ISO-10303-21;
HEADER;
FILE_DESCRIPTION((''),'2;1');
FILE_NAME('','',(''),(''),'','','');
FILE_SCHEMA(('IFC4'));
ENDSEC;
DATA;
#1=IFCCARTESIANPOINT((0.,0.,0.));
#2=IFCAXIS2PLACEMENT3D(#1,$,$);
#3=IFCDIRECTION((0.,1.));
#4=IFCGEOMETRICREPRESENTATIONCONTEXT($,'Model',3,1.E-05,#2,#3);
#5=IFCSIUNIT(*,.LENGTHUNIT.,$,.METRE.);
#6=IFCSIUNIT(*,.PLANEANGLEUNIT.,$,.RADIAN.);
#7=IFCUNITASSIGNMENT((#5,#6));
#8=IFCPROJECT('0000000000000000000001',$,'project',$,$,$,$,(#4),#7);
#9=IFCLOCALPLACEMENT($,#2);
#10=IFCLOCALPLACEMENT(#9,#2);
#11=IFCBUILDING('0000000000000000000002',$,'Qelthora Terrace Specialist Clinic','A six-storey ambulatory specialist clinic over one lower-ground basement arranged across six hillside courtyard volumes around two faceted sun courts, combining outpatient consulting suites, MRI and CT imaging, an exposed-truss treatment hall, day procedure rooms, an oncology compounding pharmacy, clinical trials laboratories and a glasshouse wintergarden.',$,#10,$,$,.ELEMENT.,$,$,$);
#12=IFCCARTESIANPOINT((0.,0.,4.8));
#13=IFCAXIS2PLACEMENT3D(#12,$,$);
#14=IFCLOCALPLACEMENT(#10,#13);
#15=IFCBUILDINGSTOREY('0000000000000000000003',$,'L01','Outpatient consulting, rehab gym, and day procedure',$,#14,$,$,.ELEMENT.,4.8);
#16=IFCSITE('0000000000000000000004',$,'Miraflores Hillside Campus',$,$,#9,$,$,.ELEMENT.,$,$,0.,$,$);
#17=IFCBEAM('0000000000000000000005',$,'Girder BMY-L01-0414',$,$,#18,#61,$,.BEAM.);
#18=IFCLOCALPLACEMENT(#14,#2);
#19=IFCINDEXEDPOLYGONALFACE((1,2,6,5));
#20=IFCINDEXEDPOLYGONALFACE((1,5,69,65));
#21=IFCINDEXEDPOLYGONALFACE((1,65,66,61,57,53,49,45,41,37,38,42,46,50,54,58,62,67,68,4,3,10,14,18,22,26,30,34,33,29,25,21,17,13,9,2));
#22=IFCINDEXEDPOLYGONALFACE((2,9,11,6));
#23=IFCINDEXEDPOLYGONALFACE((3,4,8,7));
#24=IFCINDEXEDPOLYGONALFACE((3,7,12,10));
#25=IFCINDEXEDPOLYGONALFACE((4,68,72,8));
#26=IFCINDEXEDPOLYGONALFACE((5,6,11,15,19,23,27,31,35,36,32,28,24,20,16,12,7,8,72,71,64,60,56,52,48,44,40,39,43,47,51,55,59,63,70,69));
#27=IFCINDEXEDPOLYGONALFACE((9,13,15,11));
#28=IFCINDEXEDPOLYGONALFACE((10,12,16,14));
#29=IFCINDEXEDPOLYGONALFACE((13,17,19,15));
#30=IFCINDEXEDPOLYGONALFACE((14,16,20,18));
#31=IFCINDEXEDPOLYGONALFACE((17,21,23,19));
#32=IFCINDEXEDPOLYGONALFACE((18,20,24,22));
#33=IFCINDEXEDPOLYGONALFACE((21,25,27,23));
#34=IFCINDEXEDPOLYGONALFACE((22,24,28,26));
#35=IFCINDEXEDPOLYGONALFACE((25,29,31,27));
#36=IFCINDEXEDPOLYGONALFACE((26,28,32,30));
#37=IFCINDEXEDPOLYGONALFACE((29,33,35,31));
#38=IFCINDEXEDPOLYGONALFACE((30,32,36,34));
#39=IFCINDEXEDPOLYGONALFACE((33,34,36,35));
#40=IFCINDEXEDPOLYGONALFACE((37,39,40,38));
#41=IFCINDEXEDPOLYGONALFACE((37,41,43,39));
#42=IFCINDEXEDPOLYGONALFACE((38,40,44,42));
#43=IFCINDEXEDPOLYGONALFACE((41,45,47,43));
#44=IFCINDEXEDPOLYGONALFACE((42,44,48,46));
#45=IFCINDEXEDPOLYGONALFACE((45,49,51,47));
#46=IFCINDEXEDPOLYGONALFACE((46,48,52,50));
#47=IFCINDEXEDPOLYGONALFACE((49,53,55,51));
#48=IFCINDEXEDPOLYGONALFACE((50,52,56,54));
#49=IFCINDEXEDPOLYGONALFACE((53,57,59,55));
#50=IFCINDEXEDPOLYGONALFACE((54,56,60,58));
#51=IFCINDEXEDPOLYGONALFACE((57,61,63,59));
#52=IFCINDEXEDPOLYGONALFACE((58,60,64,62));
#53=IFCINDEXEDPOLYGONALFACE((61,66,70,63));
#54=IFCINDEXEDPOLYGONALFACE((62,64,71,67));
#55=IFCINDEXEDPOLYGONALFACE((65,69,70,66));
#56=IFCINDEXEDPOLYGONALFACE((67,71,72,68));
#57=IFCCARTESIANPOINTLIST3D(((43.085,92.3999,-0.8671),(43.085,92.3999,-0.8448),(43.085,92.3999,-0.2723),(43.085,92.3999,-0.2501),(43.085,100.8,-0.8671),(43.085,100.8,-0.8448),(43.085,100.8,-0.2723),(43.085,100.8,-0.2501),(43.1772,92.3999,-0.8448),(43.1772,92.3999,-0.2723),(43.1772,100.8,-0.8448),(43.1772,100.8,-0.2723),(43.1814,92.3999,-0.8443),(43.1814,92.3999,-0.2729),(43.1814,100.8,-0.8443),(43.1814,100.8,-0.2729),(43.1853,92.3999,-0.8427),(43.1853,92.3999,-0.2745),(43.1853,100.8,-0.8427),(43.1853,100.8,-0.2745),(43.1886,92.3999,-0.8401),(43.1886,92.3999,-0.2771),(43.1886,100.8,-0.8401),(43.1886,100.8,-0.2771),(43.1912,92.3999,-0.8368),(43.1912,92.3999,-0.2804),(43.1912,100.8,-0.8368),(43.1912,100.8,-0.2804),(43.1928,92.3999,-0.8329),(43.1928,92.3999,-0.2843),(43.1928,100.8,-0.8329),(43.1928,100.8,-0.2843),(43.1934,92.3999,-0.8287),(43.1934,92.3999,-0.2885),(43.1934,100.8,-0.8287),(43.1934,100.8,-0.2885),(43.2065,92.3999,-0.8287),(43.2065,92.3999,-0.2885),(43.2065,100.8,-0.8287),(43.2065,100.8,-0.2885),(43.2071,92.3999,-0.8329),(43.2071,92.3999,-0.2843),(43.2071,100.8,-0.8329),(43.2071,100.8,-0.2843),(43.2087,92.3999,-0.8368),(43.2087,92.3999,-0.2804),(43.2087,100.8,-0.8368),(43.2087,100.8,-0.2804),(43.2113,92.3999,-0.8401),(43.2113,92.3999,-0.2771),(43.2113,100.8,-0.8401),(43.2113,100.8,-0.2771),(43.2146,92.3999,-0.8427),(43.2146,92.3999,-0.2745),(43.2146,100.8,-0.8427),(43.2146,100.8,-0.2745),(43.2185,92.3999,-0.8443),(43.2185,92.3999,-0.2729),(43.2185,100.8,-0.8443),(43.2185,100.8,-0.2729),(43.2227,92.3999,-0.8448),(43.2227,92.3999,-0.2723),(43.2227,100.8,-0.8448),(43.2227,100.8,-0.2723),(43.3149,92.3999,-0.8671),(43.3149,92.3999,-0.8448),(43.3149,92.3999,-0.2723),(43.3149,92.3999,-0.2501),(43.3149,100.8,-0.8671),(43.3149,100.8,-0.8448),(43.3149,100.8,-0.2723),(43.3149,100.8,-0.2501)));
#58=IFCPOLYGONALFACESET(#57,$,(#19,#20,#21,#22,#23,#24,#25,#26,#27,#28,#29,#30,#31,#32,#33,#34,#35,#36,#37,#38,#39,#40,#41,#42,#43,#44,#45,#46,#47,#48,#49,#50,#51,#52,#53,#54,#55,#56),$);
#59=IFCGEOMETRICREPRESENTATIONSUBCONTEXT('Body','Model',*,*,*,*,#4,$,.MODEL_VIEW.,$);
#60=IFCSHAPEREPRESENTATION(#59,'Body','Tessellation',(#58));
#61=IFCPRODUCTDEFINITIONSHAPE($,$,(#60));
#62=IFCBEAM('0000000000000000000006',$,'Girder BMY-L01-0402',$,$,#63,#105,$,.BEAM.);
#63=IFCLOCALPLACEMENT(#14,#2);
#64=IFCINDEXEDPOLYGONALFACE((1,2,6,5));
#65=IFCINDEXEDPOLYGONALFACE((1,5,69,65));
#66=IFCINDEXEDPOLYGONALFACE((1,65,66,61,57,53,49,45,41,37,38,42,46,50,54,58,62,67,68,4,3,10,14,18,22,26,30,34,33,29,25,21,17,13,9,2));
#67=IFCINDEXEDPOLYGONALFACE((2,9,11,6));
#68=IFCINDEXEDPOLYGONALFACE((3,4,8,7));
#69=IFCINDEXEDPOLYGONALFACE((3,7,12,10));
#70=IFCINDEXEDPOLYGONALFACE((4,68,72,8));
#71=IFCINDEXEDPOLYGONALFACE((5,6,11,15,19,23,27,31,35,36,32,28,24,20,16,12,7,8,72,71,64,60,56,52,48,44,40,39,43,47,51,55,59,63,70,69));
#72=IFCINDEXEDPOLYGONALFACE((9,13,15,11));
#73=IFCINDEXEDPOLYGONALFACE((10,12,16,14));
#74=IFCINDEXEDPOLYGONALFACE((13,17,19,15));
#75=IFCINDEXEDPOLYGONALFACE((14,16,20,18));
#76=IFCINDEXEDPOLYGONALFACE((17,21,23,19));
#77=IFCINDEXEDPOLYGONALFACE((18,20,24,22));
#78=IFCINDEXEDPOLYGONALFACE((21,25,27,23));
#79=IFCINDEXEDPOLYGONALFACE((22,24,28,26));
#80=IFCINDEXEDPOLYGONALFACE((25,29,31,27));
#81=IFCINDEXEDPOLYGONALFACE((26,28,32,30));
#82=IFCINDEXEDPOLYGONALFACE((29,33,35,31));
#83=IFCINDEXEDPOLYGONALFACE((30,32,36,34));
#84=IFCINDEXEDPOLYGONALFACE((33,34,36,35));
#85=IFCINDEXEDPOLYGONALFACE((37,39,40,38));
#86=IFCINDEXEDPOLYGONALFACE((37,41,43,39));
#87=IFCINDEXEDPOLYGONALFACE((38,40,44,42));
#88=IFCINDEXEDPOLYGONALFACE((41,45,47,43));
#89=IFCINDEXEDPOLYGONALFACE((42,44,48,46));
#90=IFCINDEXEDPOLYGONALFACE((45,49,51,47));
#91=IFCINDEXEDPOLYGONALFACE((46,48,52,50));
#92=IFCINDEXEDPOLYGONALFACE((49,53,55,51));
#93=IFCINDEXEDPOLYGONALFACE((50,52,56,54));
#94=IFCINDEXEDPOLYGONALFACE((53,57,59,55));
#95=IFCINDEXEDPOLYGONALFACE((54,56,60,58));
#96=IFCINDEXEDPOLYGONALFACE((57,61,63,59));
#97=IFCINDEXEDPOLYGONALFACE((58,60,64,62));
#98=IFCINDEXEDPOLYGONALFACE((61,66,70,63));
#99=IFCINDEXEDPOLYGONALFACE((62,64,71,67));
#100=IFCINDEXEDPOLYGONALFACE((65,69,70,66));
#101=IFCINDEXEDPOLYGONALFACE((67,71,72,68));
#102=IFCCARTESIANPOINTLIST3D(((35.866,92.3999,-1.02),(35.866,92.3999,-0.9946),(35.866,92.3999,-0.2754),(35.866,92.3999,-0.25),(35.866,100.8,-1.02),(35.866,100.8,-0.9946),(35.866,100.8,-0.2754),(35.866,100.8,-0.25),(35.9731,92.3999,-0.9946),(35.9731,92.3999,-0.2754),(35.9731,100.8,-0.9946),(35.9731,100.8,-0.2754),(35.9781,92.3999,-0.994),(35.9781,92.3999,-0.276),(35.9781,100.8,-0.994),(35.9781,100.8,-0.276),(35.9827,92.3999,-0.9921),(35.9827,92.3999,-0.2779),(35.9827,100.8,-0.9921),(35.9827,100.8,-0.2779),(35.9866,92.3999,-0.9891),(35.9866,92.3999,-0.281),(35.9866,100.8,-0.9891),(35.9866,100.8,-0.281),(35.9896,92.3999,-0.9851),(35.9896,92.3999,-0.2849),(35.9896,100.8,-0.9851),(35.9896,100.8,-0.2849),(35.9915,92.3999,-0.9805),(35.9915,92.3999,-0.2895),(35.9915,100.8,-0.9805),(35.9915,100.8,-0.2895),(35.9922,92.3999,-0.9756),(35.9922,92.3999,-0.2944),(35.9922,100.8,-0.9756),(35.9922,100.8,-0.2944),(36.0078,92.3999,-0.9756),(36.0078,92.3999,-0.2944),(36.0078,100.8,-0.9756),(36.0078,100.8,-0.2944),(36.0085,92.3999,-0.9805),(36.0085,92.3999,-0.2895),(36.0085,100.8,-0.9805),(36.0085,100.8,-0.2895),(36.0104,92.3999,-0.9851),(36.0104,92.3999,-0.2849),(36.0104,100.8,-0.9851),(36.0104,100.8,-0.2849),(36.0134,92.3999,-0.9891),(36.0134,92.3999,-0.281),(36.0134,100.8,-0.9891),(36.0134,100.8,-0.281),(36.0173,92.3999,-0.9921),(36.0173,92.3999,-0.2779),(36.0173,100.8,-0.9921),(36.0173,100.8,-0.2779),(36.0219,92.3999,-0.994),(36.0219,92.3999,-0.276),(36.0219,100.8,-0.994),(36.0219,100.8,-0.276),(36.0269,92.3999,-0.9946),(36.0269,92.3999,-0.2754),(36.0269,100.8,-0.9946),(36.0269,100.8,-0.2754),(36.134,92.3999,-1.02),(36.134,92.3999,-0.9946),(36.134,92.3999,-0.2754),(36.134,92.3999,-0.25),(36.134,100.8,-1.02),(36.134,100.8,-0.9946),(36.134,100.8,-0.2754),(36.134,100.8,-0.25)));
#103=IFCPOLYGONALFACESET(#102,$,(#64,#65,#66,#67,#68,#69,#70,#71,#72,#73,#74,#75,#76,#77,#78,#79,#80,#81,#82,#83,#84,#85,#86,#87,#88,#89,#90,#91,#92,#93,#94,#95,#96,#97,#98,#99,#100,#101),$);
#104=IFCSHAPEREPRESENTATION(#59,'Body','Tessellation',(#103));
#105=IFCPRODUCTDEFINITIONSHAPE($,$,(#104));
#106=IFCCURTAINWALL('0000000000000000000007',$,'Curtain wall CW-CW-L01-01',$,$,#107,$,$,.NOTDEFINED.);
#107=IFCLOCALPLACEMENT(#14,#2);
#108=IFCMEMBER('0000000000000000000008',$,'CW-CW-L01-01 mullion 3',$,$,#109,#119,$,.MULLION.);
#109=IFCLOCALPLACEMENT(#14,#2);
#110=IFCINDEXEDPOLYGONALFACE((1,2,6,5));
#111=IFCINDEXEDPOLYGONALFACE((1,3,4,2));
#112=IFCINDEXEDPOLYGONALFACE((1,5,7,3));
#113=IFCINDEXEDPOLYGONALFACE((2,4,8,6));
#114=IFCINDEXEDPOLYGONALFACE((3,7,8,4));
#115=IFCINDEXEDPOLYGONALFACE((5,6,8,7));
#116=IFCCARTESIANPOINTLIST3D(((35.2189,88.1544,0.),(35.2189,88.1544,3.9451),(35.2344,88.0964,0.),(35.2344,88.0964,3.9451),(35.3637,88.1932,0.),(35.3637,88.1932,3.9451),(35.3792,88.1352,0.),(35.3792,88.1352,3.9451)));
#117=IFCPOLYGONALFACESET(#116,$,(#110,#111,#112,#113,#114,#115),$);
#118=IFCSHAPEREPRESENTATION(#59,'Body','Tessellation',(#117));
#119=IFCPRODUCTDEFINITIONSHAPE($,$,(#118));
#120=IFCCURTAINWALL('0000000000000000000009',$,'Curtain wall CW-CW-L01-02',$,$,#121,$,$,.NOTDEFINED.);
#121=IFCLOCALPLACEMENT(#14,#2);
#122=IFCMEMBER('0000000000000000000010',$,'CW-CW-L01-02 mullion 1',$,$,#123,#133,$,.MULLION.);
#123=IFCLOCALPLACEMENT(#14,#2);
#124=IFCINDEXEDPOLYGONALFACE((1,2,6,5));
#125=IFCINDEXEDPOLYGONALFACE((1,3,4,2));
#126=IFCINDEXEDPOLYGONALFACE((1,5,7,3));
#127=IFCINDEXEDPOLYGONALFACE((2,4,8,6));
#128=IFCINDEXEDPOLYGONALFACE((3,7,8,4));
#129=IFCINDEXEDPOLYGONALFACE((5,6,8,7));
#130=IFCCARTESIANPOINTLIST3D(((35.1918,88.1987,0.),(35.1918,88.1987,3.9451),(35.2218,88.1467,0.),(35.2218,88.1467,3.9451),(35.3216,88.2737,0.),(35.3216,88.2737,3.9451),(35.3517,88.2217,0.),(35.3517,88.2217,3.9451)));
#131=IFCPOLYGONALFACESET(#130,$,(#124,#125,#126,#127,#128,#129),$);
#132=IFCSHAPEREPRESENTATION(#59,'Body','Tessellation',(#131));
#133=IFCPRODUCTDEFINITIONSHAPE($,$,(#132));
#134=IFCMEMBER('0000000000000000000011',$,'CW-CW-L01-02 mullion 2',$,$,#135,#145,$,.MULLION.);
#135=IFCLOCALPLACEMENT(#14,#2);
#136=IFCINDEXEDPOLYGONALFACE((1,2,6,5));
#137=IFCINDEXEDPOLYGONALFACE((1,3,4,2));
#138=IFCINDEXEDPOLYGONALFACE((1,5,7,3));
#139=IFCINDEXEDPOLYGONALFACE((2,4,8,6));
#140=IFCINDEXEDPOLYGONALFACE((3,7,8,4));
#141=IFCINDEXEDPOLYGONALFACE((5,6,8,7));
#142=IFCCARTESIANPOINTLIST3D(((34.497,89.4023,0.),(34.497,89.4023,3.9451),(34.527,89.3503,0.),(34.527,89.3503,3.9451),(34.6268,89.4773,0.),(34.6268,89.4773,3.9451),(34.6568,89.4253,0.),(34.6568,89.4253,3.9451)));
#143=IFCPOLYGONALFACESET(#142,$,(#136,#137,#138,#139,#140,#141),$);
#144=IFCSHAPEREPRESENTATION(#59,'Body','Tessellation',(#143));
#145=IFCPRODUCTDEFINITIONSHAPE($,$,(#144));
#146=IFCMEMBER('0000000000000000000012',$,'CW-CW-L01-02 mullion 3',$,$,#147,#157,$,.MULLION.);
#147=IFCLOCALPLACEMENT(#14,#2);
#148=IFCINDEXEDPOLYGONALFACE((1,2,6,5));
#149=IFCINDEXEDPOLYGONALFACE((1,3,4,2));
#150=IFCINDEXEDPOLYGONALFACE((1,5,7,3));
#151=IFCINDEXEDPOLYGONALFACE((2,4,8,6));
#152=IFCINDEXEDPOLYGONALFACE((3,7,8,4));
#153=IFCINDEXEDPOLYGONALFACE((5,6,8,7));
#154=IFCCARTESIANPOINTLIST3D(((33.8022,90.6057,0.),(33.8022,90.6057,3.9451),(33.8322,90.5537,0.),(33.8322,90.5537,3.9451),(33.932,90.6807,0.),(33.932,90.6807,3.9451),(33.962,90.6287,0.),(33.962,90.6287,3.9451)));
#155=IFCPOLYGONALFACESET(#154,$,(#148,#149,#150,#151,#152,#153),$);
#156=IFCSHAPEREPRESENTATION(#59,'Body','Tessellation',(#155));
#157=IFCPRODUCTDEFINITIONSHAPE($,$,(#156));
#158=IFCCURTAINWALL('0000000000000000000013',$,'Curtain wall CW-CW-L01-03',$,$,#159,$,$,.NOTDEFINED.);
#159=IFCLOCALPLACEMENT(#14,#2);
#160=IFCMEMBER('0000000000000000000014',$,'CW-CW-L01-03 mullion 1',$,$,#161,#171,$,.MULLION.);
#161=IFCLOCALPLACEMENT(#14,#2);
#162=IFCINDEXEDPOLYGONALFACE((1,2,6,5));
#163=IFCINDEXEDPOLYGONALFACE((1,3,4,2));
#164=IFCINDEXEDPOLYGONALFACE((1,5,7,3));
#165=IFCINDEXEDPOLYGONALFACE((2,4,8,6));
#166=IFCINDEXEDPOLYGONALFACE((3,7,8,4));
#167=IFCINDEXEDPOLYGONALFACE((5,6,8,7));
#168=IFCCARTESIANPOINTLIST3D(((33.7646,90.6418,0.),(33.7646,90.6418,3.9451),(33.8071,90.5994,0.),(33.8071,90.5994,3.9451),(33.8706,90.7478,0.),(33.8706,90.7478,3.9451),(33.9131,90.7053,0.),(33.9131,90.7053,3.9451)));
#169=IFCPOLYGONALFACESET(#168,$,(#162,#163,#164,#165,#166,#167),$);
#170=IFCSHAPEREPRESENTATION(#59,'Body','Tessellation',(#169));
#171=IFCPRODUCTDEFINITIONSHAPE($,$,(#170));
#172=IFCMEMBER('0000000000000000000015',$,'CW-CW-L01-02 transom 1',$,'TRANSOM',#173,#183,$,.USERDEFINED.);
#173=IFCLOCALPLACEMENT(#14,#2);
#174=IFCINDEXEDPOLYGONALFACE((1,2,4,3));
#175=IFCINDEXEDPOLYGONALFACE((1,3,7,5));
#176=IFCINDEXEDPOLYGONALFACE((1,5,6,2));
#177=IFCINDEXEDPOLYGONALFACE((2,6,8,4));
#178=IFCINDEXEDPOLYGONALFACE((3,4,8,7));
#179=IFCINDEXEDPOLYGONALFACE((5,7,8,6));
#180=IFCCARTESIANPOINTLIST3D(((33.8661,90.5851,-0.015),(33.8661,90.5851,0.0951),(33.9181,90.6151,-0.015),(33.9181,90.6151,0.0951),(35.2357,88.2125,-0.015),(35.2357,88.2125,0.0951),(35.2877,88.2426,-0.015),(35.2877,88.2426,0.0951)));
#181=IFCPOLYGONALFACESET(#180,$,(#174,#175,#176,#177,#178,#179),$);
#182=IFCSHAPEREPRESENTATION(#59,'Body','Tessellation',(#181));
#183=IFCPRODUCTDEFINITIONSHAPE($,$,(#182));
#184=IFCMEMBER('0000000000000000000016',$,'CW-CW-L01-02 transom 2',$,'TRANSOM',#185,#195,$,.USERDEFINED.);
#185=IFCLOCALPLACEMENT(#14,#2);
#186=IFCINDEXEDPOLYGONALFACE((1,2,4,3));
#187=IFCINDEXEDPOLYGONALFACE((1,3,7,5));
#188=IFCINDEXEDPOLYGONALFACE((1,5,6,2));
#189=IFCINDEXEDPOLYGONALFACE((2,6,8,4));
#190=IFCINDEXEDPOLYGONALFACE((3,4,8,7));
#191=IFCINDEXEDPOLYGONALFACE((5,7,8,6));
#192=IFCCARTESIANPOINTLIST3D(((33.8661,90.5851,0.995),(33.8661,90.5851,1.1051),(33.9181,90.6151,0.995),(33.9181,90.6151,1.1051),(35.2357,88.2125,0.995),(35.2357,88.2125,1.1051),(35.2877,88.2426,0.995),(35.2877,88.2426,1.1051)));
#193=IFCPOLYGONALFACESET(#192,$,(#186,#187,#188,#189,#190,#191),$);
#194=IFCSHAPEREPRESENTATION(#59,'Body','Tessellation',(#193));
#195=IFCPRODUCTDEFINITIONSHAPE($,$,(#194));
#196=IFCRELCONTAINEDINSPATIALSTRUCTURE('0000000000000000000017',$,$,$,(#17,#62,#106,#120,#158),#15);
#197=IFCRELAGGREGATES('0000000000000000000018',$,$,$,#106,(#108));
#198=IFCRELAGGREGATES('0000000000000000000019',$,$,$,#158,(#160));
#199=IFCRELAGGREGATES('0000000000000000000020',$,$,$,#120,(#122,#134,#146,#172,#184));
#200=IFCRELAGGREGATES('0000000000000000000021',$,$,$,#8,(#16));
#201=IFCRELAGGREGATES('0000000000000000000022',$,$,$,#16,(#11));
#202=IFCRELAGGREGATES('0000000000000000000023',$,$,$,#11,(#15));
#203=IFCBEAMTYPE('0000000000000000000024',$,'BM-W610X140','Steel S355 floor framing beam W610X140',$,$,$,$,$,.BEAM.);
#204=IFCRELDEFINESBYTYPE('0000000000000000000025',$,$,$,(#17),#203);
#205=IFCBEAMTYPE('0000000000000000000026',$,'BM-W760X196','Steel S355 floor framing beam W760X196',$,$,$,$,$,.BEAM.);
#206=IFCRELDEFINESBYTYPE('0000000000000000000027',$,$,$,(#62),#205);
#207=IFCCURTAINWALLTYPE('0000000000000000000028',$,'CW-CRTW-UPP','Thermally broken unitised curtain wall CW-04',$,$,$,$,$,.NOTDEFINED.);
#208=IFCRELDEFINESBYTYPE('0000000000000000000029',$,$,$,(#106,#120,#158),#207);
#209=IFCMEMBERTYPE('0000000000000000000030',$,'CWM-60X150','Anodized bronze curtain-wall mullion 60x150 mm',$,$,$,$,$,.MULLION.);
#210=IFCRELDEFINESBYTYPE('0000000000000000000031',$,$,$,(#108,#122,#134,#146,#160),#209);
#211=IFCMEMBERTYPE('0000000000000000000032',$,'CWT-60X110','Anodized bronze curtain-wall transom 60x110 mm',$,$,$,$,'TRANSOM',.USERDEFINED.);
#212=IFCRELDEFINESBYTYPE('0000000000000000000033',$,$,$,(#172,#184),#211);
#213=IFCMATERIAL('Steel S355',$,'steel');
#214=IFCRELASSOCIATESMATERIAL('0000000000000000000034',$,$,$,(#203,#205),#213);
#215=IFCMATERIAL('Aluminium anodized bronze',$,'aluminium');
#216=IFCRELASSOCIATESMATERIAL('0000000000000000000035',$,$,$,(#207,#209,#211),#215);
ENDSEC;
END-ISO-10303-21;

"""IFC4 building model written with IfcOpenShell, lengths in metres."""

from ifc_helpers import new_model, si_unit, direction, frame, origin, origin_2d, place, context, subcontext, project, spatial, rectangle, i_section, extrude, material, material_profile, profile_set, type_object, element, aggregate, save


model = new_model("IFC4")

# Units and contexts
model_context = context("Model", 3, precision=1e-05, world=origin(), true_north=direction((0.0, 1.0)))
body_context = subcontext(model_context, "Body", "Model", "MODEL_VIEW")
ifc_project = project(units=[si_unit("LENGTHUNIT", "METRE"), si_unit("PLANEANGLEUNIT", "RADIAN")], contexts=[model_context])

# Site, building, storey
site_placement = place(None, origin())
site = spatial("IfcSite", under=ifc_project, at=site_placement, Name="Miraflores Hillside Campus", CompositionType="ELEMENT", RefElevation=0.0)
building_placement = place(site_placement, origin())
building = spatial("IfcBuilding", under=site, at=building_placement, Name="Qelthora Terrace Specialist Clinic", Description="A six-storey ambulatory specialist clinic over one lower-ground basement arranged across six hillside courtyard volumes around two faceted sun courts, combining outpatient consulting suites, MRI and CT imaging, an exposed-truss treatment hall, day procedure rooms, an oncology compounding pharmacy, clinical trials laboratories and a glasshouse wintergarden.", CompositionType="ELEMENT")
storey_placement = place(building_placement, frame((0.0, 0.0, 4.8)))
storey = spatial("IfcBuildingStorey", under=building, at=storey_placement, Name="L01", Description="Outpatient consulting, rehab gym, and day procedure", CompositionType="ELEMENT", Elevation=4.8)

# Shared definitions
ifc_material_1 = material(Name="Steel S355", Category="steel")

# Beams
ifc_material_profile_1 = material_profile(ifc_material_1, i_section(OverallWidth=0.23, OverallDepth=0.6169, WebThickness=0.0132, FlangeThickness=0.0222, FilletRadius=0.0161, at=origin_2d()), Name="W610X140")
ifc_profile_set_1 = profile_set([ifc_material_profile_1], Name="Steel S355")
beam_type_1 = type_object("IfcBeamType", Name="BM-W610X140", Description="Steel S355 floor framing beam W610X140", PredefinedType="BEAM", material=ifc_profile_set_1)
beam_1_placement = place(storey_placement, frame((43.2, 92.3999, -0.5586), z_axis=(0.0, 1.0, 0.0), x_axis=(-1.0, 0.0, 0.0)))
element("IfcBeam", 1, at=beam_1_placement, inside=storey, type_object=beam_type_1, Name="Girder BMY-L01-0414", PredefinedType="BEAM", context=body_context, shape_type="SweptSolid", body=[
    extrude(i_section(OverallWidth=0.23, OverallDepth=0.6169, WebThickness=0.0132, FlangeThickness=0.0222, FilletRadius=0.0161, at=origin_2d()), origin(), (0.0, 0.0, 1.0), 8.4001),
])
ifc_material_profile_2 = material_profile(ifc_material_1, i_section(OverallWidth=0.2681, OverallDepth=0.77, WebThickness=0.0156, FlangeThickness=0.0254, FilletRadius=0.019, at=origin_2d()), Name="W760X196")
ifc_profile_set_2 = profile_set([ifc_material_profile_2], Name="Steel S355")
beam_type_2 = type_object("IfcBeamType", Name="BM-W760X196", Description="Steel S355 floor framing beam W760X196", PredefinedType="BEAM", material=ifc_profile_set_2)
beam_2_placement = place(storey_placement, frame((36.0, 92.3999, -0.635), z_axis=(0.0, 1.0, 0.0), x_axis=(-1.0, 0.0, 0.0)))
element("IfcBeam", 2, at=beam_2_placement, inside=storey, type_object=beam_type_2, Name="Girder BMY-L01-0402", PredefinedType="BEAM", context=body_context, shape_type="SweptSolid", body=[
    extrude(i_section(OverallWidth=0.2681, OverallDepth=0.77, WebThickness=0.0156, FlangeThickness=0.0254, FilletRadius=0.019, at=origin_2d()), origin(), (0.0, 0.0, 1.0), 8.4001),
])

# Curtain wall, member
ifc_material_2 = material(Name="Aluminium anodized bronze", Category="aluminium")
curtain_wall_type = type_object("IfcCurtainWallType", Name="CW-CRTW-UPP", Description="Thermally broken unitised curtain wall CW-04", PredefinedType="NOTDEFINED", material=ifc_material_2)
curtain_wall_1_placement = place(storey_placement, origin())
curtain_wall_1 = element("IfcCurtainWall", 3, at=curtain_wall_1_placement, inside=storey, type_object=curtain_wall_type, Name="Curtain wall CW-CW-L01-01", PredefinedType="NOTDEFINED")
ifc_material_profile_3 = material_profile(ifc_material_2, rectangle(XDim=0.0601, YDim=0.1499, at=origin_2d()), Name="CWM60X150")
ifc_profile_set_3 = profile_set([ifc_material_profile_3], Name="Aluminium anodized bronze")
member_type_1 = type_object("IfcMemberType", Name="CWM-60X150", Description="Anodized bronze curtain-wall mullion 60x150 mm", PredefinedType="MULLION", material=ifc_profile_set_3)
member_1_placement = place(storey_placement, frame((35.2991, 88.1448, 0.0), z_axis=(0.0, 0.0, 1.0), x_axis=(-0.25882, 0.965925, 0.0)))
member_1 = element("IfcMember", 4, at=member_1_placement, type_object=member_type_1, Name="CW-CW-L01-01 mullion 3", PredefinedType="MULLION", context=body_context, shape_type="SweptSolid", body=[
    extrude(rectangle(XDim=0.0601, YDim=0.1499, at=origin_2d()), origin(), (0.0, 0.0, 1.0), 3.9451),
])
aggregate(curtain_wall_1, [member_1])

# Curtain wall, members
curtain_wall_2_placement = place(storey_placement, origin())
curtain_wall_2 = element("IfcCurtainWall", 5, at=curtain_wall_2_placement, inside=storey, type_object=curtain_wall_type, Name="Curtain wall CW-CW-L01-02", PredefinedType="NOTDEFINED")
member_2_placement = place(storey_placement, frame((35.2717, 88.2102, 0.0), z_axis=(0.0, 0.0, 1.0), x_axis=(-0.5, 0.866026, 0.0)))
member_2 = element("IfcMember", 6, at=member_2_placement, type_object=member_type_1, Name="CW-CW-L01-02 mullion 1", PredefinedType="MULLION", context=body_context, shape_type="SweptSolid", body=[
    extrude(rectangle(XDim=0.0601, YDim=0.1499, at=origin_2d()), origin(), (0.0, 0.0, 1.0), 3.9451),
])
member_3_placement = place(storey_placement, frame((34.5769, 89.4138, 0.0), z_axis=(0.0, 0.0, 1.0), x_axis=(-0.5, 0.866026, 0.0)))
member_3 = element("IfcMember", 7, at=member_3_placement, type_object=member_type_1, Name="CW-CW-L01-02 mullion 2", PredefinedType="MULLION", context=body_context, shape_type="SweptSolid", body=[
    extrude(rectangle(XDim=0.0601, YDim=0.1499, at=origin_2d()), origin(), (0.0, 0.0, 1.0), 3.9451),
])
member_4_placement = place(storey_placement, frame((33.8821, 90.6172, 0.0), z_axis=(0.0, 0.0, 1.0), x_axis=(-0.5, 0.866026, 0.0)))
member_4 = element("IfcMember", 8, at=member_4_placement, type_object=member_type_1, Name="CW-CW-L01-02 mullion 3", PredefinedType="MULLION", context=body_context, shape_type="SweptSolid", body=[
    extrude(rectangle(XDim=0.0601, YDim=0.1499, at=origin_2d()), origin(), (0.0, 0.0, 1.0), 3.9451),
])

# Curtain wall, member
curtain_wall_3_placement = place(storey_placement, origin())
curtain_wall_3 = element("IfcCurtainWall", 9, at=curtain_wall_3_placement, inside=storey, type_object=curtain_wall_type, Name="Curtain wall CW-CW-L01-03", PredefinedType="NOTDEFINED")
member_5_placement = place(storey_placement, frame((33.8389, 90.6736, 0.0), z_axis=(0.0, 0.0, 1.0), x_axis=(-0.707107, 0.707107, 0.0)))
member_5 = element("IfcMember", 10, at=member_5_placement, type_object=member_type_1, Name="CW-CW-L01-03 mullion 1", PredefinedType="MULLION", context=body_context, shape_type="SweptSolid", body=[
    extrude(rectangle(XDim=0.0601, YDim=0.1499, at=origin_2d()), origin(), (0.0, 0.0, 1.0), 3.9451),
])
aggregate(curtain_wall_3, [member_5])

# Members
ifc_material_profile_4 = material_profile(ifc_material_2, rectangle(XDim=0.0601, YDim=0.1101, at=origin_2d()), Name="CWT60X110")
ifc_profile_set_4 = profile_set([ifc_material_profile_4], Name="Aluminium anodized bronze")
member_type_2 = type_object("IfcMemberType", Name="CWT-60X110", Description="Anodized bronze curtain-wall transom 60x110 mm", ElementType="TRANSOM", PredefinedType="USERDEFINED", material=ifc_profile_set_4)
member_6_placement = place(storey_placement, frame((35.2617, 88.2275, 0.04), z_axis=(-0.499954, 0.866052, 0.0), x_axis=(-0.866052, -0.499954, 0.0)))
member_6 = element("IfcMember", 11, at=member_6_placement, type_object=member_type_2, Name="CW-CW-L01-02 transom 1", ObjectType="TRANSOM", PredefinedType="USERDEFINED", context=body_context, shape_type="SweptSolid", body=[
    extrude(rectangle(XDim=0.0601, YDim=0.1101, at=origin_2d()), origin(), (0.0, 0.0, 1.0), 2.7395),
])
member_7_placement = place(storey_placement, frame((35.2617, 88.2275, 1.05), z_axis=(-0.499954, 0.866052, 0.0), x_axis=(-0.866052, -0.499954, 0.0)))
member_7 = element("IfcMember", 12, at=member_7_placement, type_object=member_type_2, Name="CW-CW-L01-02 transom 2", ObjectType="TRANSOM", PredefinedType="USERDEFINED", context=body_context, shape_type="SweptSolid", body=[
    extrude(rectangle(XDim=0.0601, YDim=0.1101, at=origin_2d()), origin(), (0.0, 0.0, 1.0), 2.7395),
])

aggregate(curtain_wall_2, [member_2, member_3, member_4, member_6, member_7])

save(model, "model.ifc")
